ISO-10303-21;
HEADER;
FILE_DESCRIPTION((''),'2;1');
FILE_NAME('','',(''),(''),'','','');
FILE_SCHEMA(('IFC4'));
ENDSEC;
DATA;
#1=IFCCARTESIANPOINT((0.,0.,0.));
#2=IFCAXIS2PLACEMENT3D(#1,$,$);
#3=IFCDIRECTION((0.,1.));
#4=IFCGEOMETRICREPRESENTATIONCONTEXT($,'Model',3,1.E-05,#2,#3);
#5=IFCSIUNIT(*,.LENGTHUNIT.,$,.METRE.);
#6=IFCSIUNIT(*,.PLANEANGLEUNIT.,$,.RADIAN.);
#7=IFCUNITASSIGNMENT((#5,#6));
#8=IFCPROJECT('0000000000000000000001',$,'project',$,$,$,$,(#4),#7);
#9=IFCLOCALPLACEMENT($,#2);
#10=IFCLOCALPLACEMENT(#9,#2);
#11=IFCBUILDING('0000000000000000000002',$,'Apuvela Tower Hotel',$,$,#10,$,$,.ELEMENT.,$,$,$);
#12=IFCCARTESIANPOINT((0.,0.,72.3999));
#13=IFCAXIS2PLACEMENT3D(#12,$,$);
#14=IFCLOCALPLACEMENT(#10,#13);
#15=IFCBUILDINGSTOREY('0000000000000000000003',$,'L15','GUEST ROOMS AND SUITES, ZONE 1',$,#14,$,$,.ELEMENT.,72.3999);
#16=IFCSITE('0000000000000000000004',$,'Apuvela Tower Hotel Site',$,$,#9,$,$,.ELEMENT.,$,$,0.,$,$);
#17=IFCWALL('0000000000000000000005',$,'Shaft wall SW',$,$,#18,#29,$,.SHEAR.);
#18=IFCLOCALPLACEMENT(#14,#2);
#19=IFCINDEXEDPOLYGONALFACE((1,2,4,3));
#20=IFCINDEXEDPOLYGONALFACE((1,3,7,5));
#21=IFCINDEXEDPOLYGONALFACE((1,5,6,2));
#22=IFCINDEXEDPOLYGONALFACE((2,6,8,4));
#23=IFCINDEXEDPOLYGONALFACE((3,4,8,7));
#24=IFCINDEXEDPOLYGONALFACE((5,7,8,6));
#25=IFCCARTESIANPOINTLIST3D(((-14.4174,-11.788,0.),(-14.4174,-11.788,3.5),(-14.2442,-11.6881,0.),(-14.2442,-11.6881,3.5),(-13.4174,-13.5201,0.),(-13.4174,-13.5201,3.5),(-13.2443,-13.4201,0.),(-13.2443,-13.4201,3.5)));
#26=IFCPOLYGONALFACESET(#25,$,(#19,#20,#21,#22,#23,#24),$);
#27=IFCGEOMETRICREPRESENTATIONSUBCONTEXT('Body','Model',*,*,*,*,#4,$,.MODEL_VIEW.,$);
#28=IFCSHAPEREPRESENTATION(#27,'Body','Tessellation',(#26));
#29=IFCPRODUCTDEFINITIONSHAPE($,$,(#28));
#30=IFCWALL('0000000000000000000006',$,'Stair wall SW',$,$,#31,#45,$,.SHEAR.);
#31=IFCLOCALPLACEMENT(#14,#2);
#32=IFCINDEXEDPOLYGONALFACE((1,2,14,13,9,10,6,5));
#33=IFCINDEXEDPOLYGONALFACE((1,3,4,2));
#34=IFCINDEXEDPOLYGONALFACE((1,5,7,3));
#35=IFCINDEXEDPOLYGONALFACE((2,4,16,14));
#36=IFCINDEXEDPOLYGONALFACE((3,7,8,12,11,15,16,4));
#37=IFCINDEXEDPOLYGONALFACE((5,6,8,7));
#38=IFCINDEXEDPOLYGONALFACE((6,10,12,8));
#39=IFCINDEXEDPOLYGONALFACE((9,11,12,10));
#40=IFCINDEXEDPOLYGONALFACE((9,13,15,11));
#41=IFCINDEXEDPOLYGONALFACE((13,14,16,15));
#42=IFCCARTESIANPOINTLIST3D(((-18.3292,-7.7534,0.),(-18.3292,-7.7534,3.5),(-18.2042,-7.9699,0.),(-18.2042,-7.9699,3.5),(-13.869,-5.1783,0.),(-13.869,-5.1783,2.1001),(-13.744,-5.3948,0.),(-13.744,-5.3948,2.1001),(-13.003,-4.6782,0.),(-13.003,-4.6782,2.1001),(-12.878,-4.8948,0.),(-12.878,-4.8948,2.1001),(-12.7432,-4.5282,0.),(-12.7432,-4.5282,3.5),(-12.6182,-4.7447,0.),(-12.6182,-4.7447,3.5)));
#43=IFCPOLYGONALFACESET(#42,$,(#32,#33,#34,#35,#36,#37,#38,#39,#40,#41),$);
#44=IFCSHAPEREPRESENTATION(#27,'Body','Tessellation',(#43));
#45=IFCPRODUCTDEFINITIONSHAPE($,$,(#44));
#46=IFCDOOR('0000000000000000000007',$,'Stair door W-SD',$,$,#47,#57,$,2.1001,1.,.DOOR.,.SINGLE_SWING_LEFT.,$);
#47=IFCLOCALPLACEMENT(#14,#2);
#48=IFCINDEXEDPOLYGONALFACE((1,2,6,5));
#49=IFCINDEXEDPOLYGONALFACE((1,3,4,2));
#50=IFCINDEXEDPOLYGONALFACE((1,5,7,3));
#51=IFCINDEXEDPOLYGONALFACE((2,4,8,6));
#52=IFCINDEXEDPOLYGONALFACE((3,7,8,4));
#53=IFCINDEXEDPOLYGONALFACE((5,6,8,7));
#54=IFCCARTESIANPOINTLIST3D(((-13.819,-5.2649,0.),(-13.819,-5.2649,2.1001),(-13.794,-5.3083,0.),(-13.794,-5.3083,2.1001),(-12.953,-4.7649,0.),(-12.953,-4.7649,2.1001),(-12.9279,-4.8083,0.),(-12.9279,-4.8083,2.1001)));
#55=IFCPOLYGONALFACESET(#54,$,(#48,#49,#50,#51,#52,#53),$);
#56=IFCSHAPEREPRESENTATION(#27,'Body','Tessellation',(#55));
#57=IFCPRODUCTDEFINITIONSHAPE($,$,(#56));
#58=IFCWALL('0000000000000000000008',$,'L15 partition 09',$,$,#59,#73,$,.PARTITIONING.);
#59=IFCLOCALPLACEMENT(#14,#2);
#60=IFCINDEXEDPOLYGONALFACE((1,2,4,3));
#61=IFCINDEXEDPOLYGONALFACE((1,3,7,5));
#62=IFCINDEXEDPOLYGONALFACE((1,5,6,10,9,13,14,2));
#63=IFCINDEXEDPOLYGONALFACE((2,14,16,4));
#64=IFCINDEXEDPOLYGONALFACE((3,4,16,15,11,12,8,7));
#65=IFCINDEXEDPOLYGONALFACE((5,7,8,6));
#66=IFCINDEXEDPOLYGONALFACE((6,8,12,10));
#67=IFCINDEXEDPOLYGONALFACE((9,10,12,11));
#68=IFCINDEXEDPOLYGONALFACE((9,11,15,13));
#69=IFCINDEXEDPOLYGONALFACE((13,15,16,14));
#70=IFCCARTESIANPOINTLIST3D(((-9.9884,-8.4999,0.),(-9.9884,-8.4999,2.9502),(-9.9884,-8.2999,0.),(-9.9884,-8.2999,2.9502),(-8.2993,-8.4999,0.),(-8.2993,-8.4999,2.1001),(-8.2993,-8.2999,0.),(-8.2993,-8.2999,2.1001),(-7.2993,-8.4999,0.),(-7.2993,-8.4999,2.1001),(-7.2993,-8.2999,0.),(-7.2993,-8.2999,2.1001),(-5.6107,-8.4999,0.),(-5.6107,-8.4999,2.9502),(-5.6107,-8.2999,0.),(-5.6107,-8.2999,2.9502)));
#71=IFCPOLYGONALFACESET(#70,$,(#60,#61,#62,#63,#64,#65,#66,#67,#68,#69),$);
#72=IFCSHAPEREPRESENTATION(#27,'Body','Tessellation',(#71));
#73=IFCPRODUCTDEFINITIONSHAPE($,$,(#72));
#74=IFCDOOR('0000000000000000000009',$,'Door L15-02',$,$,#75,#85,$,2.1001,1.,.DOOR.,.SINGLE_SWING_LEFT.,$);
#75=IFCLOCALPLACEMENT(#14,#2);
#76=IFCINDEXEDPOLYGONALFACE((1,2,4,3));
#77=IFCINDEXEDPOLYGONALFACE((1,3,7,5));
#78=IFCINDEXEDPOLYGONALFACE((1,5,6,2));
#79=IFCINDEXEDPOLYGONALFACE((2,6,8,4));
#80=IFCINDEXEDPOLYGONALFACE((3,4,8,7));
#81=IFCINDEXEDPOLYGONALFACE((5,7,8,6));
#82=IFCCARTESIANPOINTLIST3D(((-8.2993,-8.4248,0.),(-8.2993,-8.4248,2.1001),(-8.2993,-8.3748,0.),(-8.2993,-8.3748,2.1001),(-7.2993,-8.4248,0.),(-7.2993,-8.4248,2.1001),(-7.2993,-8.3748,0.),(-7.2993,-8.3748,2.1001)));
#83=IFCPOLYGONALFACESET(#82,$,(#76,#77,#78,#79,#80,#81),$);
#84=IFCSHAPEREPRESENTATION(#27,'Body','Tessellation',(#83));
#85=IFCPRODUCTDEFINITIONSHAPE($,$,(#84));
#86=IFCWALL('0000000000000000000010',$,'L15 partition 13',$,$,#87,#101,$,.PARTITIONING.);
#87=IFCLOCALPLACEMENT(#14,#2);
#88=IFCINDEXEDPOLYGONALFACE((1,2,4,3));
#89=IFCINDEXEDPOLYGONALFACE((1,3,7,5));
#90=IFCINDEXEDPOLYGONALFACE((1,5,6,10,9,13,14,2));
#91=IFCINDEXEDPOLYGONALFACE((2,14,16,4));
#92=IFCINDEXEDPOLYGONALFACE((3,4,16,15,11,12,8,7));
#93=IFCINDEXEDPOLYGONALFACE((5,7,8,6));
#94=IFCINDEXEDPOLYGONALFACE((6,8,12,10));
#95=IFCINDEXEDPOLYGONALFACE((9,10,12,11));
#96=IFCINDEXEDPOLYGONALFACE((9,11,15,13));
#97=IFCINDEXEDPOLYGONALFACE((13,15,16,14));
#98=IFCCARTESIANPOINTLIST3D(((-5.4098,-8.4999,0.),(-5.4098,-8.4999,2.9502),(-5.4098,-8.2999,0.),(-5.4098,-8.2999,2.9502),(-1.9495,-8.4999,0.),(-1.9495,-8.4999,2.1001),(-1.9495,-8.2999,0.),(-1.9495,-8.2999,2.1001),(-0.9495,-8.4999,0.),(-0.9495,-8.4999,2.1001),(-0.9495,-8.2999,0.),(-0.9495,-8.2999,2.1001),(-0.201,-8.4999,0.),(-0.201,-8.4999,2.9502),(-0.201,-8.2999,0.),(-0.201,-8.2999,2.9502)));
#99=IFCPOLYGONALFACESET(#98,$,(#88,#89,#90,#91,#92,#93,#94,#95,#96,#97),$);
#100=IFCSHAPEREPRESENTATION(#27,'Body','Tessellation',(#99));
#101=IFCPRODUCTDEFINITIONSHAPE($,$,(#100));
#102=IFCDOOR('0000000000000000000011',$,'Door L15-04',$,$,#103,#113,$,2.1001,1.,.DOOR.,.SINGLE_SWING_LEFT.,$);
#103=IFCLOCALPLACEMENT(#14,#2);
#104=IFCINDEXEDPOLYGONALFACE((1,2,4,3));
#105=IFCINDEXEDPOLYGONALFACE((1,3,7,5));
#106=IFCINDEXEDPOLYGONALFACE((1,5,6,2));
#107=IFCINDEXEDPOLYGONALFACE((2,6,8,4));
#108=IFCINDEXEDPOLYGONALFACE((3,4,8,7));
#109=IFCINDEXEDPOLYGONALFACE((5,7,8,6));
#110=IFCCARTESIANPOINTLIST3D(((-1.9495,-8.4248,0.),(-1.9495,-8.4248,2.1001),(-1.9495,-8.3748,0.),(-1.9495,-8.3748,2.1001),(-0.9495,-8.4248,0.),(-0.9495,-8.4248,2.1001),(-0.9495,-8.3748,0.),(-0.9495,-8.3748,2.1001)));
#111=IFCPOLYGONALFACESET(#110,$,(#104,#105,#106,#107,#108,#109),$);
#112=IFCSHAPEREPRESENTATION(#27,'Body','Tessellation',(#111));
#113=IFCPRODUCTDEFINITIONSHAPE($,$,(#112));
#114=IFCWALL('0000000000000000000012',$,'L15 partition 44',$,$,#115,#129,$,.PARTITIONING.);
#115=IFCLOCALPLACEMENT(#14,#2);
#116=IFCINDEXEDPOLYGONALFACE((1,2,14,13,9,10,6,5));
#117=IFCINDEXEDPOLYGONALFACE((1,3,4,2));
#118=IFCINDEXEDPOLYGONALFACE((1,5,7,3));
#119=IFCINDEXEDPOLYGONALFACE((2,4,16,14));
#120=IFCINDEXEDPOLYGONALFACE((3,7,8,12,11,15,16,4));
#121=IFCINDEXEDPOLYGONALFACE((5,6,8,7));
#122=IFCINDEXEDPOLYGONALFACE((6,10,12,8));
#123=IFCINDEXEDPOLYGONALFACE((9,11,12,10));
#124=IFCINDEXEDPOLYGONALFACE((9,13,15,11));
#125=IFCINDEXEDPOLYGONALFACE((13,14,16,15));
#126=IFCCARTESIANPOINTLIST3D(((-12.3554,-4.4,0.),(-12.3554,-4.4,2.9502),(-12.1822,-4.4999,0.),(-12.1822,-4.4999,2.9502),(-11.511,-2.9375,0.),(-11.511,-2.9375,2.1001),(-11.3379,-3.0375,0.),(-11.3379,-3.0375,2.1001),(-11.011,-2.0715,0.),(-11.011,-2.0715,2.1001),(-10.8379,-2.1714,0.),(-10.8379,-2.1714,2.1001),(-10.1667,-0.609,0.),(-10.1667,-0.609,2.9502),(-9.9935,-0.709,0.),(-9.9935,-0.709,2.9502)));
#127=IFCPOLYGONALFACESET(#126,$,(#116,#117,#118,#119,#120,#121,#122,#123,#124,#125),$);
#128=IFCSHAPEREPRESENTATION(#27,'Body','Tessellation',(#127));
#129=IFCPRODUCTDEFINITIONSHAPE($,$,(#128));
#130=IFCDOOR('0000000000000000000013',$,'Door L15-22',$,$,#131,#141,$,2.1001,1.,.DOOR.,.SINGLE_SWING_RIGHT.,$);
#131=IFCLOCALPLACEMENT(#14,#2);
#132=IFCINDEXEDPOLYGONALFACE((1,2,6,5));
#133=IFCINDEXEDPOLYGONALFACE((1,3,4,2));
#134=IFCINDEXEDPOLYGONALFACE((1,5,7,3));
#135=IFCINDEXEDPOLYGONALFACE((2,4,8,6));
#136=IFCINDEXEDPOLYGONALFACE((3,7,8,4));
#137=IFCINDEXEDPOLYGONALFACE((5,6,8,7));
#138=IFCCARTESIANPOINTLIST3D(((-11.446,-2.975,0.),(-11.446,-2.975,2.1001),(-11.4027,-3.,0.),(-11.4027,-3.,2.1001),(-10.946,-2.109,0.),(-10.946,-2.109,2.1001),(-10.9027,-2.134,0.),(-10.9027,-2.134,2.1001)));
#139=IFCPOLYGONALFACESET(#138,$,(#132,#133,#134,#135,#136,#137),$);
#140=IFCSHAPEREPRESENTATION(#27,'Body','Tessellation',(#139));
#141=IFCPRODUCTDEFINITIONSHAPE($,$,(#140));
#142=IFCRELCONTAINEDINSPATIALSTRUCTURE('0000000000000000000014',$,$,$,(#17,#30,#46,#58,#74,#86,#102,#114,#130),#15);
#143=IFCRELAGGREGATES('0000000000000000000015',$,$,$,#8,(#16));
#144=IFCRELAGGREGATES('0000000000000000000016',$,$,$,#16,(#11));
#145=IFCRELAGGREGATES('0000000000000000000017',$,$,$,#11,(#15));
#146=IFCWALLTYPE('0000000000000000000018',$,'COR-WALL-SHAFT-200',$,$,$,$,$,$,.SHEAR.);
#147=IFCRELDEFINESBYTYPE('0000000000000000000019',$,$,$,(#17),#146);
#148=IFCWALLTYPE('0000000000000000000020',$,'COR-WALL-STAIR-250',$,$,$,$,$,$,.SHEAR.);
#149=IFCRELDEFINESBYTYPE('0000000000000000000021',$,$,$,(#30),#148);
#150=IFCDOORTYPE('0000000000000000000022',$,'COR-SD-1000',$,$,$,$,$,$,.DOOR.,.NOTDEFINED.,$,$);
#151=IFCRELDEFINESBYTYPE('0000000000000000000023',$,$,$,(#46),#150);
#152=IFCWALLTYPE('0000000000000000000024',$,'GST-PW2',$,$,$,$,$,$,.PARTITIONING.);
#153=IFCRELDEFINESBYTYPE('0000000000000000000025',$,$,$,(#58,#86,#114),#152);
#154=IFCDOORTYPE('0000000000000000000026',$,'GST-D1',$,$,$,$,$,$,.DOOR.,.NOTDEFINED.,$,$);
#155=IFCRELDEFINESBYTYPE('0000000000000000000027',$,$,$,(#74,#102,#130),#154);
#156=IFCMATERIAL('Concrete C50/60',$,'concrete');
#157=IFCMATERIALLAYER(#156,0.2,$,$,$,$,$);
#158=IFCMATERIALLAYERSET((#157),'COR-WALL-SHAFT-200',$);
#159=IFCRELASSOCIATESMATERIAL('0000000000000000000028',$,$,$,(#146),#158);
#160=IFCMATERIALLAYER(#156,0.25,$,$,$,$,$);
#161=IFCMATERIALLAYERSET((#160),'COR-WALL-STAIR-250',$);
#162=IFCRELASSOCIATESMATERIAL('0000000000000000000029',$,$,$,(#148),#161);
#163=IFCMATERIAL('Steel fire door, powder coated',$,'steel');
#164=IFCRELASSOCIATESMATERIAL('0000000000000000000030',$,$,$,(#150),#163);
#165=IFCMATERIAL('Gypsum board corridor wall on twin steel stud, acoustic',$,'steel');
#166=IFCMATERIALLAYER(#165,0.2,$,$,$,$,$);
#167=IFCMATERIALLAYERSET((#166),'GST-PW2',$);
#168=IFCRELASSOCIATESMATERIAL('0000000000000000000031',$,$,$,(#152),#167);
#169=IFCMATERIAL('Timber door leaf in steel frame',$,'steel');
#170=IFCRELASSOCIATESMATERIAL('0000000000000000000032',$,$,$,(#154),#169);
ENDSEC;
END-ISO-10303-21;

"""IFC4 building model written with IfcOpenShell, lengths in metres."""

from ifc_helpers import new_model, si_unit, direction, frame, frame_2d, origin, place, context, subcontext, project, spatial, rectangle, extrude, material, layer, layer_set, type_object, element, fill, save


model = new_model("IFC4")

# Units and contexts
model_context = context("Model", 3, precision=1e-05, world=origin(), true_north=direction((0.0, 1.0)))
body_context = subcontext(model_context, "Body", "Model", "MODEL_VIEW")
ifc_project = project(units=[si_unit("LENGTHUNIT", "METRE"), si_unit("PLANEANGLEUNIT", "RADIAN")], contexts=[model_context])

# Site, building, storey
site_placement = place(None, origin())
site = spatial("IfcSite", under=ifc_project, at=site_placement, Name="Apuvela Tower Hotel Site", CompositionType="ELEMENT", RefElevation=0.0)
building_placement = place(site_placement, origin())
building = spatial("IfcBuilding", under=site, at=building_placement, Name="Apuvela Tower Hotel", CompositionType="ELEMENT")
storey_placement = place(building_placement, frame((0.0, 0.0, 72.3999)))
storey = spatial("IfcBuildingStorey", under=building, at=storey_placement, Name="L15", Description="GUEST ROOMS AND SUITES, ZONE 1", CompositionType="ELEMENT", Elevation=72.3999)

# Shared definitions
ifc_material_1 = material(Name="Concrete C50/60", Category="concrete")

# Shared definitions
ifc_layer_1 = layer(ifc_material_1, 0.2)
ifc_layer_set_1 = layer_set([ifc_layer_1], Name="COR-WALL-SHAFT-200")
wall_type_1 = type_object("IfcWallType", Name="COR-WALL-SHAFT-200", PredefinedType="SHEAR", material=ifc_layer_set_1)

# Shared definitions
ifc_material_2 = material(Name="Steel fire door, powder coated", Category="steel")

# Wall
wall_1_placement = place(storey_placement, frame((-14.3308, -11.738, 0.0), z_axis=(0.0, 0.0, 1.0), x_axis=(0.499973, -0.866041, 0.0)))
element("IfcWall", 1, at=wall_1_placement, inside=storey, type_object=wall_type_1, Name="Shaft wall SW", PredefinedType="SHEAR", context=body_context, shape_type="SweptSolid", body=[
    extrude(rectangle(XDim=2.0, YDim=0.2, at=frame_2d((1.0, 0.0))), origin(), (0.0, 0.0, 1.0), 3.5),
])

# Walls, openings, doors
ifc_layer_2 = layer(ifc_material_1, 0.25)
ifc_layer_set_2 = layer_set([ifc_layer_2], Name="COR-WALL-STAIR-250")
wall_type_2 = type_object("IfcWallType", Name="COR-WALL-STAIR-250", PredefinedType="SHEAR", material=ifc_layer_set_2)
wall_2_placement = place(storey_placement, frame((-12.6807, -4.6365, 0.0), z_axis=(0.0, 0.0, 1.0), x_axis=(-0.866022, -0.500006, 0.0)))
wall_2 = element("IfcWall", 2, at=wall_2_placement, inside=storey, type_object=wall_type_2, Name="Stair wall SW", PredefinedType="SHEAR", context=body_context, shape_type="SweptSolid", body=[
    extrude(rectangle(XDim=6.4502, YDim=0.25, at=frame_2d((3.2251, 0.0))), origin(), (0.0, 0.0, 1.0), 3.5),
])
opening_1_placement = place(wall_2_placement, frame((0.3, 0.0, 0.0)))
opening_1 = element("IfcOpeningElement", 3, at=opening_1_placement, cuts=wall_2, PredefinedType="OPENING", context=body_context, shape_type="SweptSolid", body=[
    extrude(rectangle(XDim=1.0, YDim=2.1001, at=frame_2d((0.5, 1.05))), frame((0.0, 0.135, 0.0), z_axis=(0.0, -1.0, 0.0), x_axis=(1.0, 0.0, 0.0)), (0.0, 0.0, 1.0), 0.27),
])
door_type_1 = type_object("IfcDoorType", Name="COR-SD-1000", OperationType="NOTDEFINED", PredefinedType="DOOR", material=ifc_material_2)
door_1_placement = place(opening_1_placement, frame((1.0, 0.0, 0.0), z_axis=(0.0, 0.0, 1.0), x_axis=(-1.0, 0.0, 0.0)))
door_1 = element("IfcDoor", 4, at=door_1_placement, inside=storey, type_object=door_type_1, Name="Stair door W-SD", OperationType="SINGLE_SWING_LEFT", OverallHeight=2.1001, OverallWidth=1.0, PredefinedType="DOOR", context=body_context, shape_type="SweptSolid", body=[
    extrude(rectangle(XDim=1.0, YDim=2.1001, at=frame_2d((0.5, 1.05))), frame((0.0, 0.0249, 0.0), z_axis=(0.0, -1.0, 0.0), x_axis=(1.0, 0.0, 0.0)), (0.0, 0.0, 1.0), 0.05),
])
fill(opening_1, door_1)
ifc_material_3 = material(Name="Gypsum board corridor wall on twin steel stud, acoustic", Category="steel")
ifc_layer_3 = layer(ifc_material_3, 0.2)
ifc_layer_set_3 = layer_set([ifc_layer_3], Name="GST-PW2")
wall_type_3 = type_object("IfcWallType", Name="GST-PW2", PredefinedType="PARTITIONING", material=ifc_layer_set_3)
wall_3_placement = place(storey_placement, frame((-5.6106, -8.3999, 0.0), z_axis=(0.0, 0.0, 1.0), x_axis=(-1.0, 0.0, 0.0)))
wall_3 = element("IfcWall", 5, at=wall_3_placement, inside=storey, type_object=wall_type_3, Name="L15 partition 09", PredefinedType="PARTITIONING", context=body_context, shape_type="SweptSolid", body=[
    extrude(rectangle(XDim=4.3777, YDim=0.2, at=frame_2d((2.189, 0.0))), origin(), (0.0, 0.0, 1.0), 2.9502),
])
opening_2_placement = place(wall_3_placement, frame((1.6887, 0.0, 0.0)))
opening_2 = element("IfcOpeningElement", 6, at=opening_2_placement, cuts=wall_3, PredefinedType="OPENING", context=body_context, shape_type="SweptSolid", body=[
    extrude(rectangle(XDim=1.0, YDim=2.1001, at=frame_2d((0.5, 1.05))), frame((0.0, 0.1099, 0.0), z_axis=(0.0, -1.0, 0.0), x_axis=(1.0, 0.0, 0.0)), (0.0, 0.0, 1.0), 0.22),
])
ifc_material_4 = material(Name="Timber door leaf in steel frame", Category="steel")
door_type_2 = type_object("IfcDoorType", Name="GST-D1", OperationType="NOTDEFINED", PredefinedType="DOOR", material=ifc_material_4)
door_2_placement = place(opening_2_placement, origin())
door_2 = element("IfcDoor", 7, at=door_2_placement, inside=storey, type_object=door_type_2, Name="Door L15-02", OperationType="SINGLE_SWING_LEFT", OverallHeight=2.1001, OverallWidth=1.0, PredefinedType="DOOR", context=body_context, shape_type="SweptSolid", body=[
    extrude(rectangle(XDim=1.0, YDim=2.1001, at=frame_2d((0.5, 1.05))), frame((0.0, 0.0249, 0.0), z_axis=(0.0, -1.0, 0.0), x_axis=(1.0, 0.0, 0.0)), (0.0, 0.0, 1.0), 0.05),
])
fill(opening_2, door_2)
wall_4_placement = place(storey_placement, frame((-0.2009, -8.3999, 0.0), z_axis=(0.0, 0.0, 1.0), x_axis=(-1.0, 0.0, 0.0)))
wall_4 = element("IfcWall", 8, at=wall_4_placement, inside=storey, type_object=wall_type_3, Name="L15 partition 13", PredefinedType="PARTITIONING", context=body_context, shape_type="SweptSolid", body=[
    extrude(rectangle(XDim=5.2087, YDim=0.2, at=frame_2d((2.6045, 0.0))), origin(), (0.0, 0.0, 1.0), 2.9502),
])
opening_3_placement = place(wall_4_placement, frame((0.7485, 0.0, 0.0)))
opening_3 = element("IfcOpeningElement", 9, at=opening_3_placement, cuts=wall_4, PredefinedType="OPENING", context=body_context, shape_type="SweptSolid", body=[
    extrude(rectangle(XDim=1.0, YDim=2.1001, at=frame_2d((0.5, 1.05))), frame((0.0, 0.1099, 0.0), z_axis=(0.0, -1.0, 0.0), x_axis=(1.0, 0.0, 0.0)), (0.0, 0.0, 1.0), 0.22),
])
door_3_placement = place(opening_3_placement, origin())
door_3 = element("IfcDoor", 10, at=door_3_placement, inside=storey, type_object=door_type_2, Name="Door L15-04", OperationType="SINGLE_SWING_LEFT", OverallHeight=2.1001, OverallWidth=1.0, PredefinedType="DOOR", context=body_context, shape_type="SweptSolid", body=[
    extrude(rectangle(XDim=1.0, YDim=2.1001, at=frame_2d((0.5, 1.05))), frame((0.0, 0.0249, 0.0), z_axis=(0.0, -1.0, 0.0), x_axis=(1.0, 0.0, 0.0)), (0.0, 0.0, 1.0), 0.05),
])
fill(opening_3, door_3)
wall_5_placement = place(storey_placement, frame((-12.2688, -4.45, 0.0), z_axis=(0.0, 0.0, 1.0), x_axis=(0.499996, 0.866028, 0.0)))
wall_5 = element("IfcWall", 11, at=wall_5_placement, inside=storey, type_object=wall_type_3, Name="L15 partition 44", PredefinedType="PARTITIONING", context=body_context, shape_type="SweptSolid", body=[
    extrude(rectangle(XDim=4.3774, YDim=0.2, at=frame_2d((2.1887, 0.0))), origin(), (0.0, 0.0, 1.0), 2.9502),
])
opening_4_placement = place(wall_5_placement, frame((1.6887, 0.0, 0.0)))
opening_4 = element("IfcOpeningElement", 12, at=opening_4_placement, cuts=wall_5, PredefinedType="OPENING", context=body_context, shape_type="SweptSolid", body=[
    extrude(rectangle(XDim=1.0, YDim=2.1001, at=frame_2d((0.5, 1.05))), frame((0.0, 0.1099, 0.0), z_axis=(0.0, -1.0, 0.0), x_axis=(1.0, 0.0, 0.0)), (0.0, 0.0, 1.0), 0.22),
])
door_4_placement = place(opening_4_placement, origin())
door_4 = element("IfcDoor", 13, at=door_4_placement, inside=storey, type_object=door_type_2, Name="Door L15-22", OperationType="SINGLE_SWING_RIGHT", OverallHeight=2.1001, OverallWidth=1.0, PredefinedType="DOOR", context=body_context, shape_type="SweptSolid", body=[
    extrude(rectangle(XDim=1.0, YDim=2.1001, at=frame_2d((0.5, 1.05))), frame((0.0, 0.0249, 0.0), z_axis=(0.0, -1.0, 0.0), x_axis=(1.0, 0.0, 0.0)), (0.0, 0.0, 1.0), 0.05),
])
fill(opening_4, door_4)

save(model, "model.ifc")
